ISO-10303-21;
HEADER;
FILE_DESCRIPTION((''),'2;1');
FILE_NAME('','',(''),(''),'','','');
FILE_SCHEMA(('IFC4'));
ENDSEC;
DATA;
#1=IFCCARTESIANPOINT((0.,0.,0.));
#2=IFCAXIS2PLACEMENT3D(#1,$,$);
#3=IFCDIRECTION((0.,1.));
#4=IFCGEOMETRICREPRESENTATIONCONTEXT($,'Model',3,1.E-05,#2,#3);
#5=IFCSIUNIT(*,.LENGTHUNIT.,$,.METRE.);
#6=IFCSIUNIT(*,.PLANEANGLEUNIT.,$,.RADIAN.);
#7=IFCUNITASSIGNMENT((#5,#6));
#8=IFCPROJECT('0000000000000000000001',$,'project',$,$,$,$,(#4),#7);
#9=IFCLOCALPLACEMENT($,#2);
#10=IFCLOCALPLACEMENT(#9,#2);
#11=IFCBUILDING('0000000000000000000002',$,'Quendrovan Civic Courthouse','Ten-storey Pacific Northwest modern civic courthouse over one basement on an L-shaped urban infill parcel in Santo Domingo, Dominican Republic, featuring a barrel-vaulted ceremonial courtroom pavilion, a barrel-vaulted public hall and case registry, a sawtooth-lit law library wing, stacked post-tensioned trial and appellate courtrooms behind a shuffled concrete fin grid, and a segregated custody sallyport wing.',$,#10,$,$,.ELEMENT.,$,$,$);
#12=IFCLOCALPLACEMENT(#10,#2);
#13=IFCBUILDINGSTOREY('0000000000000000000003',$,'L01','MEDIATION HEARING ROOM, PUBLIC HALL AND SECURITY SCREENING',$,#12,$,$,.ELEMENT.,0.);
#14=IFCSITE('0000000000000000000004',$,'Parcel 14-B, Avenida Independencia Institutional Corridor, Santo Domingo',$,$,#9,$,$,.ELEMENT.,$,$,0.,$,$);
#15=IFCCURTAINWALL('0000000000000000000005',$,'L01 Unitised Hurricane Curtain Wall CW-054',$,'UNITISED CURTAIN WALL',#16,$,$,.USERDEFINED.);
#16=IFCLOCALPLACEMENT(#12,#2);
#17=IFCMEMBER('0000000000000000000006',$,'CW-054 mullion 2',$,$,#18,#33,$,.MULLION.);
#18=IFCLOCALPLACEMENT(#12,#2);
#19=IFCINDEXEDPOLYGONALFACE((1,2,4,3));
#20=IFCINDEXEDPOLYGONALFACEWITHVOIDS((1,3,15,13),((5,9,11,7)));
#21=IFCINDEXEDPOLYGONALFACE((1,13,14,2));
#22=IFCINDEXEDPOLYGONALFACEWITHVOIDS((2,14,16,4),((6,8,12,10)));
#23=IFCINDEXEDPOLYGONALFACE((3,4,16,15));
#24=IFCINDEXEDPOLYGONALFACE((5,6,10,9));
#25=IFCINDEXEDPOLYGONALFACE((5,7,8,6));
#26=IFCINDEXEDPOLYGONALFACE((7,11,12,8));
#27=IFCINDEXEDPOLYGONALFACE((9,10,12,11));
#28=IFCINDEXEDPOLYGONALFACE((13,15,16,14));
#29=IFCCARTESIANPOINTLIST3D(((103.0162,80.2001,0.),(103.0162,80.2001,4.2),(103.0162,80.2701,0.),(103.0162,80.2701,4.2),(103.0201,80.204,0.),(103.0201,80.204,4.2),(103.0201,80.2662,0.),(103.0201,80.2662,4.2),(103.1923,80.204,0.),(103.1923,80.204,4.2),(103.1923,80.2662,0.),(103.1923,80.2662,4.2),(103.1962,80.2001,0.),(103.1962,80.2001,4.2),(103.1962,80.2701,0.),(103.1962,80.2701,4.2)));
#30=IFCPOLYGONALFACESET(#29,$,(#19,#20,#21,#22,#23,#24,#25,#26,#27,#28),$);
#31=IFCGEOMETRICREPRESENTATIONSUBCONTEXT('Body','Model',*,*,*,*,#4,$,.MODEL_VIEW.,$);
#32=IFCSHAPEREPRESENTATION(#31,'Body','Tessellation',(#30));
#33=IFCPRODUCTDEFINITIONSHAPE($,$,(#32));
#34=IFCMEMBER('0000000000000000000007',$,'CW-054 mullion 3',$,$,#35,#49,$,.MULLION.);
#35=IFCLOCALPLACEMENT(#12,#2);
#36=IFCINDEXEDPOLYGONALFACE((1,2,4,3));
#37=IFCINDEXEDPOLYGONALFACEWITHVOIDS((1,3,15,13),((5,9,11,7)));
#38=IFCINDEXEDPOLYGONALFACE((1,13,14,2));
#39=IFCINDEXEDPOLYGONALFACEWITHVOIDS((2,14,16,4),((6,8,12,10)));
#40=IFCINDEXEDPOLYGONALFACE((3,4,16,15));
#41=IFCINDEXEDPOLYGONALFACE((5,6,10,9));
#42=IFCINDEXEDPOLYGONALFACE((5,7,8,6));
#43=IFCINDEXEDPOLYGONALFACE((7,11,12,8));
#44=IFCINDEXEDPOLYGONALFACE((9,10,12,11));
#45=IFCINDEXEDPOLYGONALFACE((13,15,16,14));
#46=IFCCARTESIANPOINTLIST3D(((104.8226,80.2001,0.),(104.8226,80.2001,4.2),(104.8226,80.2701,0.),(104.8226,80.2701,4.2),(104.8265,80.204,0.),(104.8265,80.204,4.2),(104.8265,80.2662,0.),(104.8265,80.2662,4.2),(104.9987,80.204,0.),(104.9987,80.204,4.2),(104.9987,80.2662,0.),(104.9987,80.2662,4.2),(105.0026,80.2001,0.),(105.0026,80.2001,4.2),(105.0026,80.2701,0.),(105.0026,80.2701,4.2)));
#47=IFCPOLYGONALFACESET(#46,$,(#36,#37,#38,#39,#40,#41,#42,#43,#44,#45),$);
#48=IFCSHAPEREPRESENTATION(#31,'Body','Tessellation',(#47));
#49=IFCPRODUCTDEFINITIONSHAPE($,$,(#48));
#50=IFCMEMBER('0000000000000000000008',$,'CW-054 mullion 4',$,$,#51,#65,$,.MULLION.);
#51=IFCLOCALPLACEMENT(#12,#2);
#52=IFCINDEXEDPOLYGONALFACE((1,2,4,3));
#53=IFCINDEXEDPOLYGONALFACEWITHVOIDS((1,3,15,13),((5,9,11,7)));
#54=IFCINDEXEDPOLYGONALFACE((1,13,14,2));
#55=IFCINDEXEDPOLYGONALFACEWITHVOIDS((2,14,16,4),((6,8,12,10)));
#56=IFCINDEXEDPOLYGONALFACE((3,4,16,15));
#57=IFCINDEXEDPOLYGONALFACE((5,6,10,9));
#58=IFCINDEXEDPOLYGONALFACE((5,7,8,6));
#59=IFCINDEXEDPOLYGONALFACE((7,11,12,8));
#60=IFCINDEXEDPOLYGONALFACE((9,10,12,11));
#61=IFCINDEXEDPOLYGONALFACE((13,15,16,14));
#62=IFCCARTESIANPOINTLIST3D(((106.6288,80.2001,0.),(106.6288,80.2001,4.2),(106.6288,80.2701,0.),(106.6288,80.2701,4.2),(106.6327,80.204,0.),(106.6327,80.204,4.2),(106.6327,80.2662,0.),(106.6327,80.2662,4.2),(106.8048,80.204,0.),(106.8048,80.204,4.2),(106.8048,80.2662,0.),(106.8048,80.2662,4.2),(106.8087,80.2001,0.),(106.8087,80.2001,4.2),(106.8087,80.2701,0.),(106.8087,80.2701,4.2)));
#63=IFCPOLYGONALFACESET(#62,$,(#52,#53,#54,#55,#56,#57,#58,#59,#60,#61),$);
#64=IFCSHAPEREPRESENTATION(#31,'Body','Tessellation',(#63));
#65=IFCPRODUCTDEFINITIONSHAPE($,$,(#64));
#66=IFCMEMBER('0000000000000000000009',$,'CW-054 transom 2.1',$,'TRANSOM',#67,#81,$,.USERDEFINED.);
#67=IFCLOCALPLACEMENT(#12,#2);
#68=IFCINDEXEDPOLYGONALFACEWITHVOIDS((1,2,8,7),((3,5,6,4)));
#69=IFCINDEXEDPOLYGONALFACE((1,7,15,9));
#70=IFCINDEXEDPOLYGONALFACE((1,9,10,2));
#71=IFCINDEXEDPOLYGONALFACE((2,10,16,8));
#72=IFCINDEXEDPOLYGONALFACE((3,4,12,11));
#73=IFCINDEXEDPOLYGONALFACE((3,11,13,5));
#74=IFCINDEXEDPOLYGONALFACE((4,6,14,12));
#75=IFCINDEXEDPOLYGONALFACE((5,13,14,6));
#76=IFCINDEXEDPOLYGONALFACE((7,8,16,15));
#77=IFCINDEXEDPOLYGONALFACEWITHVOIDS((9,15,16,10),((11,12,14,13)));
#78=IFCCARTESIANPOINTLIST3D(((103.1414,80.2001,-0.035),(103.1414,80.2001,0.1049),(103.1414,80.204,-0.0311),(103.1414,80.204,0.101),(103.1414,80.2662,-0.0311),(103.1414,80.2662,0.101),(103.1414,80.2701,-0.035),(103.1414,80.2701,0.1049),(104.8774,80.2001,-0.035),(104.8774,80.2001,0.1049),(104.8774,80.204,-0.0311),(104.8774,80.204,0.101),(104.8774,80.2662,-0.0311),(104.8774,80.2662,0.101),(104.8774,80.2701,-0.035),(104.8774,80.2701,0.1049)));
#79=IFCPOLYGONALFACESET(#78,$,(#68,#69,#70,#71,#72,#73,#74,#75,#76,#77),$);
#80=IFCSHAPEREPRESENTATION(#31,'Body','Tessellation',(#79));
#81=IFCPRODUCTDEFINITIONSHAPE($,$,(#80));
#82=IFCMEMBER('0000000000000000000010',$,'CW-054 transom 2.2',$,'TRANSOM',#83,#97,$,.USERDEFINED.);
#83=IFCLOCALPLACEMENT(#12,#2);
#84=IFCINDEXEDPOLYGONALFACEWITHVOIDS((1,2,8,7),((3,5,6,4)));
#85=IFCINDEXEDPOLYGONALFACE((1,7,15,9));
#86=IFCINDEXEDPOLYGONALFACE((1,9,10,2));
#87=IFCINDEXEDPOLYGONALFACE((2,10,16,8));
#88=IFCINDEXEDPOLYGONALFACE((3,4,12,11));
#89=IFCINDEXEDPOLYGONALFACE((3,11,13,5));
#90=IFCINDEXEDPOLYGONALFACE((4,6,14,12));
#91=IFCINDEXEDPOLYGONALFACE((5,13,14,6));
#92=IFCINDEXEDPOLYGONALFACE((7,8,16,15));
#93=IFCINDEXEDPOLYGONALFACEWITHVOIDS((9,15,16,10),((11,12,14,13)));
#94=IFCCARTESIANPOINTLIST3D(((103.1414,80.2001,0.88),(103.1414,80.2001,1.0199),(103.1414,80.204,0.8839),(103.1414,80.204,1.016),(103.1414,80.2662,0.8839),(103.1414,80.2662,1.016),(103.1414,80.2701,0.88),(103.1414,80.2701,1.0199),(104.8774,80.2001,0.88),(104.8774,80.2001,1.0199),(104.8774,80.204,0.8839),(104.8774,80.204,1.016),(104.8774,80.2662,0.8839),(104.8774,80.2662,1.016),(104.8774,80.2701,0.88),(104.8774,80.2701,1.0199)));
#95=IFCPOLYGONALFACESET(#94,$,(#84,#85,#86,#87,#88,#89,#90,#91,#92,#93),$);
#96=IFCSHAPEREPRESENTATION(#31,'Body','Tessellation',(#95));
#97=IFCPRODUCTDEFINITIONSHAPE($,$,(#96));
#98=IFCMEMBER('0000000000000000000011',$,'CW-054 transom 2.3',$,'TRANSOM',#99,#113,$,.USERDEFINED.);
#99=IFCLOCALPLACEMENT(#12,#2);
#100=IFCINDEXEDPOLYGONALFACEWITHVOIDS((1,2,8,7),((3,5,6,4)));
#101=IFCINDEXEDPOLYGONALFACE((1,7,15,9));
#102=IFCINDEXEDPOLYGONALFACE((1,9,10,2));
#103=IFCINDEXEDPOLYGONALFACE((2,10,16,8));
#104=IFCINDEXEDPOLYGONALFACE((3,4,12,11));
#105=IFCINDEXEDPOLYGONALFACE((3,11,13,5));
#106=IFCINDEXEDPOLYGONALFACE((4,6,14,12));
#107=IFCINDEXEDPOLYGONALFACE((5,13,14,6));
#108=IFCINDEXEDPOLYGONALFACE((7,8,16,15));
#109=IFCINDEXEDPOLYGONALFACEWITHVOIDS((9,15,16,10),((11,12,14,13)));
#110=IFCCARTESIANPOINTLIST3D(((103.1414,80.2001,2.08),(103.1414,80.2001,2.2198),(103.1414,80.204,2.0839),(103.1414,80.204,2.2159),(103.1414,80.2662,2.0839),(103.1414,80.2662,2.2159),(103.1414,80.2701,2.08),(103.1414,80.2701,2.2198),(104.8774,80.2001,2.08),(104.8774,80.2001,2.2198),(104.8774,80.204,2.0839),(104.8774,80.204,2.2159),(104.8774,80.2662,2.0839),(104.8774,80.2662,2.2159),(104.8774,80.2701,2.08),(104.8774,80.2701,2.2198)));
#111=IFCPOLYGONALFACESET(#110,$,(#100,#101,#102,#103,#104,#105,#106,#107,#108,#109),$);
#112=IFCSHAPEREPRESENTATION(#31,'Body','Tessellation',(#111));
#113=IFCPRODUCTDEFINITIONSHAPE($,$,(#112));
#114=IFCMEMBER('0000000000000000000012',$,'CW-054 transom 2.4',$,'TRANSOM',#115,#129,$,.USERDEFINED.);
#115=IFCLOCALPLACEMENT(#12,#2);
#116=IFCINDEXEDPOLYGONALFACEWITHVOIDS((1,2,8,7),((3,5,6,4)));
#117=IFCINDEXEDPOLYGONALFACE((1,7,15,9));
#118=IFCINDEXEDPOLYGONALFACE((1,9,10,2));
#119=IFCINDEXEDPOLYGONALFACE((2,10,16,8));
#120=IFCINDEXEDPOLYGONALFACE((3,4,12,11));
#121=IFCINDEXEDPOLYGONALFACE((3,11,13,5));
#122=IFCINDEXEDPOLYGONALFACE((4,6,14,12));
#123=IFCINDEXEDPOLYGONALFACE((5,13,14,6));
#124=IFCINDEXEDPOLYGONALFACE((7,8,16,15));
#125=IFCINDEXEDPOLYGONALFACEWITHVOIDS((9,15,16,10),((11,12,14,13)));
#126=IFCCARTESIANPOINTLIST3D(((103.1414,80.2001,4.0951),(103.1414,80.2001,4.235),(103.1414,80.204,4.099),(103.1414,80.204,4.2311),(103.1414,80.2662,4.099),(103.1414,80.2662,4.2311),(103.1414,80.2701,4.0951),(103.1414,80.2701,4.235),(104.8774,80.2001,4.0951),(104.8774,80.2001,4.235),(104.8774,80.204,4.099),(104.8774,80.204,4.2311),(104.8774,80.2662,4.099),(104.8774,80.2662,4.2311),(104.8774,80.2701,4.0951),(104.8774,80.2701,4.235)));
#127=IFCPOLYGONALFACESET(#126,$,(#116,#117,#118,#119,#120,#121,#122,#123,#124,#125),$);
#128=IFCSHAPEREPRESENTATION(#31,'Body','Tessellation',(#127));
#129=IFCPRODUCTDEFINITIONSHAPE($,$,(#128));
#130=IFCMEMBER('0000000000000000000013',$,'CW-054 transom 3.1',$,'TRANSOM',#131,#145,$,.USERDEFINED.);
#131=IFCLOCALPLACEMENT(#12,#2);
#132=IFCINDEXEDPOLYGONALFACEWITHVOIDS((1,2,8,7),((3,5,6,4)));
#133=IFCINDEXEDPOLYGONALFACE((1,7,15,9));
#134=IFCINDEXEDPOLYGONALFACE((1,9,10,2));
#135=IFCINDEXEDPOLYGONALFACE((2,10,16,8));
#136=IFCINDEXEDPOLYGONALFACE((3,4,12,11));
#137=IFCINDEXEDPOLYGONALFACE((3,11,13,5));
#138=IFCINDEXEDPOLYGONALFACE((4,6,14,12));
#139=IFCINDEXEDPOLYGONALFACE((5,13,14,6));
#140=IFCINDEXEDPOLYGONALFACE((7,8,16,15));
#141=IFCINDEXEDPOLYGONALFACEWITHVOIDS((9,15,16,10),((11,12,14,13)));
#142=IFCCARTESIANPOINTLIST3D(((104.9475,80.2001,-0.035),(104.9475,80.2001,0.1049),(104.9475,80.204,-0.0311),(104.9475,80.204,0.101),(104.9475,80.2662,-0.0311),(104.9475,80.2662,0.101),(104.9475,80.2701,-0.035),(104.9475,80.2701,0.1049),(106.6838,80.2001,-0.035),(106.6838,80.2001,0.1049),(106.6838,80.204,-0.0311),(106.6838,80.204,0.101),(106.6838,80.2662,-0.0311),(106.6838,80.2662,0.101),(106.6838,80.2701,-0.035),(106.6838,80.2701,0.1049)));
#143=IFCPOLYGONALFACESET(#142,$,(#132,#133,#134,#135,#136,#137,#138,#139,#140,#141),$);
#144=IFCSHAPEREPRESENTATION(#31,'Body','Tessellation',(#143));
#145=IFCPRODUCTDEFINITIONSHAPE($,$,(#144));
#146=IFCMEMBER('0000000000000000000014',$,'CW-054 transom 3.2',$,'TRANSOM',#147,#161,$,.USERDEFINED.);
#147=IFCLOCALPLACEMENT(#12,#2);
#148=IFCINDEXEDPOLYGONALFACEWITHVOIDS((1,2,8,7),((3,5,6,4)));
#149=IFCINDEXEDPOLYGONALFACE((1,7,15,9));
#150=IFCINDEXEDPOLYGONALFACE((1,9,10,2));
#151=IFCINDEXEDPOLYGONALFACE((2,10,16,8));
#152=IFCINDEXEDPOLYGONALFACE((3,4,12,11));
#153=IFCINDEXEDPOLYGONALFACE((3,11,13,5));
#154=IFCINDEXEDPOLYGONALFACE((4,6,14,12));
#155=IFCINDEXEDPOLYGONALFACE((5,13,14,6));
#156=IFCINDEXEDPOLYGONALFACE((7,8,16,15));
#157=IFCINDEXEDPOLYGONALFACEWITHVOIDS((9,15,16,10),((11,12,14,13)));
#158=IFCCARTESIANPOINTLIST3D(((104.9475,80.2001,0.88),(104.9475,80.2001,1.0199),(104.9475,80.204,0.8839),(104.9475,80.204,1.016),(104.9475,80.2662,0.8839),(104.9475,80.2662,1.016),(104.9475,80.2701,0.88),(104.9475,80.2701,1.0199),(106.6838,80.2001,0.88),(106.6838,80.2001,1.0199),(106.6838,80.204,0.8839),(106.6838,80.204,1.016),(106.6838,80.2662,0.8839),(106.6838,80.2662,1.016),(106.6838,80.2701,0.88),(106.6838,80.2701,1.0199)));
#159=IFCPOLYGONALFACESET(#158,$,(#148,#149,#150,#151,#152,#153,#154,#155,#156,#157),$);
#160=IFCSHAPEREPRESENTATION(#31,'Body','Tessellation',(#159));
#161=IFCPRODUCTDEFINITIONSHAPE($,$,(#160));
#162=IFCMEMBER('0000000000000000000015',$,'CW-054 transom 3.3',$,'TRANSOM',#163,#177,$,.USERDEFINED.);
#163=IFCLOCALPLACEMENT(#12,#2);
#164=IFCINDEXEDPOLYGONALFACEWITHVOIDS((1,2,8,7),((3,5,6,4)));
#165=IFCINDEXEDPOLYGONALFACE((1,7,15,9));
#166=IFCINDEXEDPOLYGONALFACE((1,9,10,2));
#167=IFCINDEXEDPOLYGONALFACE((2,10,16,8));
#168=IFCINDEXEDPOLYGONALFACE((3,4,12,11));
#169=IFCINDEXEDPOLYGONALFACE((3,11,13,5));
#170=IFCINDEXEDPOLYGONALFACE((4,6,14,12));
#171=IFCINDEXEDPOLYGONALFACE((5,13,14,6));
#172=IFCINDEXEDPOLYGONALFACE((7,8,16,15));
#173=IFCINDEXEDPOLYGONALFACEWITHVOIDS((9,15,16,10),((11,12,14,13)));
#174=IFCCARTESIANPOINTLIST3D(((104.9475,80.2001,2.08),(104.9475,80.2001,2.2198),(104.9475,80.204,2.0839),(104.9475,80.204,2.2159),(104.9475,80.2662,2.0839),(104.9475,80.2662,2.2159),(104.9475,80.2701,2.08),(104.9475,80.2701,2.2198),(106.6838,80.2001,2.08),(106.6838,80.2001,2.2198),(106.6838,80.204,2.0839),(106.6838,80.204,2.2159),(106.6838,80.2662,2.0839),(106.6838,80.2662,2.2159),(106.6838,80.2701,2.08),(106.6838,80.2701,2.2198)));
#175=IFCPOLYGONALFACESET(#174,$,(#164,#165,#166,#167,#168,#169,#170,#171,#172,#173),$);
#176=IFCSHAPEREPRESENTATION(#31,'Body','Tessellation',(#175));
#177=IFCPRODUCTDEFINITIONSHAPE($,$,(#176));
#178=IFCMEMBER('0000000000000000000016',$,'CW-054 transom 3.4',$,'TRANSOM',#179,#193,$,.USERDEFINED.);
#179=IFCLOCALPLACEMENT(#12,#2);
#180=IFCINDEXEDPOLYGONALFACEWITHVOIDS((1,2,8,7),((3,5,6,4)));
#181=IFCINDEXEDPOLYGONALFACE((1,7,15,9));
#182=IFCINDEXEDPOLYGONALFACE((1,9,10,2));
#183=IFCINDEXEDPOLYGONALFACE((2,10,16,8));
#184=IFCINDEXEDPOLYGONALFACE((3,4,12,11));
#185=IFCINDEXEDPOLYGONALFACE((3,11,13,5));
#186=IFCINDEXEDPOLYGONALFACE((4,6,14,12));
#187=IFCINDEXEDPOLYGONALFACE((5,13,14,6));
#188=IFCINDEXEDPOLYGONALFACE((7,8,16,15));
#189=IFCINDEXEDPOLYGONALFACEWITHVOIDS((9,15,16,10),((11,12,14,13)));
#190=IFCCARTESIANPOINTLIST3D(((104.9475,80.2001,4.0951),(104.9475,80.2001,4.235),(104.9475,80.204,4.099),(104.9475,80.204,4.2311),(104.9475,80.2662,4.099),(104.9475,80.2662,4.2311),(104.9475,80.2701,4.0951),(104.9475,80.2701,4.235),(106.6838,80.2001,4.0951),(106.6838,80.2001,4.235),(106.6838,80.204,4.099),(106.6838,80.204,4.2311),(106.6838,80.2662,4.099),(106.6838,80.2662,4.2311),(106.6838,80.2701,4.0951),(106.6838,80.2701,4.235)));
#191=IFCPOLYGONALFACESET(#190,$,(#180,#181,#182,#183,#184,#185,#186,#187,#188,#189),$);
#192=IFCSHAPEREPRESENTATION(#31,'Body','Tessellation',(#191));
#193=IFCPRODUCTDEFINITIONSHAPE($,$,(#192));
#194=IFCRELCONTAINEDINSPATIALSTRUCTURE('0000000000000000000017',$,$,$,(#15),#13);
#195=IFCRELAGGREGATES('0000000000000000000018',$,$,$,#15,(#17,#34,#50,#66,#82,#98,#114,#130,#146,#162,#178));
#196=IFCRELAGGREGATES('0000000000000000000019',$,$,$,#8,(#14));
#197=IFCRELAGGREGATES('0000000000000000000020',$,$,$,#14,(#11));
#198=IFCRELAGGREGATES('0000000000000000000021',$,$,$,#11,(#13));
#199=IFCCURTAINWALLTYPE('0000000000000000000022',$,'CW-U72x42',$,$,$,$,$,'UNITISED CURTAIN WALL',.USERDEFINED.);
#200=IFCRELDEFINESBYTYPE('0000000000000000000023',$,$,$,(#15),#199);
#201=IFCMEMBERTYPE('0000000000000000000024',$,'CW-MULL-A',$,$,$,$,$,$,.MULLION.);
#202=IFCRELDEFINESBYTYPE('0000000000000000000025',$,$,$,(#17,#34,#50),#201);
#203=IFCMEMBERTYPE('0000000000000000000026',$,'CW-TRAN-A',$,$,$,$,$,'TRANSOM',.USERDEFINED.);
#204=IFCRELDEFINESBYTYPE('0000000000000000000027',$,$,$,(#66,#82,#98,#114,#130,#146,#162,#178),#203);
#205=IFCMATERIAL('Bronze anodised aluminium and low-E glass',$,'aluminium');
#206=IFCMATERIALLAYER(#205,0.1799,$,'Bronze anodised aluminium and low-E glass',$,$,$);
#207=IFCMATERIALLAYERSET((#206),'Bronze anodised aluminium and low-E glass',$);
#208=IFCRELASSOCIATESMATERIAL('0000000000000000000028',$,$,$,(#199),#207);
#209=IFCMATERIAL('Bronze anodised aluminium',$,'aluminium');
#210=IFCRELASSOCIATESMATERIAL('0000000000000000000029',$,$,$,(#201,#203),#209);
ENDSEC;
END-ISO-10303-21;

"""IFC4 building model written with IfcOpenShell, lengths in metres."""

from ifc_helpers import new_model, si_unit, direction, frame, origin, origin_2d, place, context, subcontext, project, spatial, hollow_rectangle, extrude, material, layer, layer_set, material_profile, profile_set, type_object, element, aggregate, save


model = new_model("IFC4")

# Units and contexts
model_context = context("Model", 3, precision=1e-05, world=origin(), true_north=direction((0.0, 1.0)))
body_context = subcontext(model_context, "Body", "Model", "MODEL_VIEW")
ifc_project = project(units=[si_unit("LENGTHUNIT", "METRE"), si_unit("PLANEANGLEUNIT", "RADIAN")], contexts=[model_context])

# Site, building, storey
site_placement = place(None, origin())
site = spatial("IfcSite", under=ifc_project, at=site_placement, Name="Parcel 14-B, Avenida Independencia Institutional Corridor, Santo Domingo", CompositionType="ELEMENT", RefElevation=0.0)
building_placement = place(site_placement, origin())
building = spatial("IfcBuilding", under=site, at=building_placement, Name="Quendrovan Civic Courthouse", Description="Ten-storey Pacific Northwest modern civic courthouse over one basement on an L-shaped urban infill parcel in Santo Domingo, Dominican Republic, featuring a barrel-vaulted ceremonial courtroom pavilion, a barrel-vaulted public hall and case registry, a sawtooth-lit law library wing, stacked post-tensioned trial and appellate courtrooms behind a shuffled concrete fin grid, and a segregated custody sallyport wing.", CompositionType="ELEMENT")
storey_placement = place(building_placement, origin())
storey = spatial("IfcBuildingStorey", under=building, at=storey_placement, Name="L01", Description="MEDIATION HEARING ROOM, PUBLIC HALL AND SECURITY SCREENING", CompositionType="ELEMENT", Elevation=0.0)

# Curtain wall, members
ifc_material_1 = material(Name="Bronze anodised aluminium and low-E glass", Category="aluminium")
ifc_layer_1 = layer(ifc_material_1, 0.1799, Name="Bronze anodised aluminium and low-E glass")
ifc_layer_set_1 = layer_set([ifc_layer_1], Name="Bronze anodised aluminium and low-E glass")
curtain_wall_type = type_object("IfcCurtainWallType", Name="CW-U72x42", ElementType="UNITISED CURTAIN WALL", PredefinedType="USERDEFINED", material=ifc_layer_set_1)
curtain_wall_placement = place(storey_placement, origin())
curtain_wall = element("IfcCurtainWall", 1, at=curtain_wall_placement, inside=storey, type_object=curtain_wall_type, Name="L01 Unitised Hurricane Curtain Wall CW-054", ObjectType="UNITISED CURTAIN WALL", PredefinedType="USERDEFINED")
ifc_material_2 = material(Name="Bronze anodised aluminium", Category="aluminium")
ifc_material_profile_1 = material_profile(ifc_material_2, hollow_rectangle(XDim=0.0701, YDim=0.1799, WallThickness=0.0039, at=origin_2d()), Name="CW-MULL-70x180")
ifc_profile_set_1 = profile_set([ifc_material_profile_1], Name="Bronze anodised aluminium")
member_type_1 = type_object("IfcMemberType", Name="CW-MULL-A", PredefinedType="MULLION", material=ifc_profile_set_1)
member_1_placement = place(storey_placement, frame((103.1062, 80.2351, 0.0), z_axis=(0.0, 0.0, 1.0), x_axis=(0.0, 1.0, 0.0)))
member_1 = element("IfcMember", 2, at=member_1_placement, type_object=member_type_1, Name="CW-054 mullion 2", PredefinedType="MULLION", context=body_context, shape_type="SweptSolid", body=[
    extrude(hollow_rectangle(XDim=0.0701, YDim=0.1799, WallThickness=0.0039, at=origin_2d()), origin(), (0.0, 0.0, 1.0), 4.2),
])
member_2_placement = place(storey_placement, frame((104.9126, 80.2351, 0.0), z_axis=(0.0, 0.0, 1.0), x_axis=(0.0, 1.0, 0.0)))
member_2 = element("IfcMember", 3, at=member_2_placement, type_object=member_type_1, Name="CW-054 mullion 3", PredefinedType="MULLION", context=body_context, shape_type="SweptSolid", body=[
    extrude(hollow_rectangle(XDim=0.0701, YDim=0.1799, WallThickness=0.0039, at=origin_2d()), origin(), (0.0, 0.0, 1.0), 4.2),
])
member_3_placement = place(storey_placement, frame((106.7188, 80.2351, 0.0), z_axis=(0.0, 0.0, 1.0), x_axis=(0.0, 1.0, 0.0)))
member_3 = element("IfcMember", 4, at=member_3_placement, type_object=member_type_1, Name="CW-054 mullion 4", PredefinedType="MULLION", context=body_context, shape_type="SweptSolid", body=[
    extrude(hollow_rectangle(XDim=0.0701, YDim=0.1799, WallThickness=0.0039, at=origin_2d()), origin(), (0.0, 0.0, 1.0), 4.2),
])
ifc_material_profile_2 = material_profile(ifc_material_2, hollow_rectangle(XDim=0.0701, YDim=0.1399, WallThickness=0.0039, at=origin_2d()), Name="CW-TRAN-70x140")
ifc_profile_set_2 = profile_set([ifc_material_profile_2], Name="Bronze anodised aluminium")
member_type_2 = type_object("IfcMemberType", Name="CW-TRAN-A", ElementType="TRANSOM", PredefinedType="USERDEFINED", material=ifc_profile_set_2)
member_4_placement = place(storey_placement, frame((103.1414, 80.2351, 0.0349), z_axis=(1.0, 0.0, 0.0), x_axis=(0.0, 1.0, 0.0)))
member_4 = element("IfcMember", 5, at=member_4_placement, type_object=member_type_2, Name="CW-054 transom 2.1", ObjectType="TRANSOM", PredefinedType="USERDEFINED", context=body_context, shape_type="SweptSolid", body=[
    extrude(hollow_rectangle(XDim=0.0701, YDim=0.1399, WallThickness=0.0039, at=origin_2d()), origin(), (0.0, 0.0, 1.0), 1.7361),
])
member_5_placement = place(storey_placement, frame((103.1414, 80.2351, 0.95), z_axis=(1.0, 0.0, 0.0), x_axis=(0.0, 1.0, 0.0)))
member_5 = element("IfcMember", 6, at=member_5_placement, type_object=member_type_2, Name="CW-054 transom 2.2", ObjectType="TRANSOM", PredefinedType="USERDEFINED", context=body_context, shape_type="SweptSolid", body=[
    extrude(hollow_rectangle(XDim=0.0701, YDim=0.1399, WallThickness=0.0039, at=origin_2d()), origin(), (0.0, 0.0, 1.0), 1.7361),
])
member_6_placement = place(storey_placement, frame((103.1414, 80.2351, 2.1499), z_axis=(1.0, 0.0, 0.0), x_axis=(0.0, 1.0, 0.0)))
member_6 = element("IfcMember", 7, at=member_6_placement, type_object=member_type_2, Name="CW-054 transom 2.3", ObjectType="TRANSOM", PredefinedType="USERDEFINED", context=body_context, shape_type="SweptSolid", body=[
    extrude(hollow_rectangle(XDim=0.0701, YDim=0.1399, WallThickness=0.0039, at=origin_2d()), origin(), (0.0, 0.0, 1.0), 1.7361),
])
member_7_placement = place(storey_placement, frame((103.1414, 80.2351, 4.165), z_axis=(1.0, 0.0, 0.0), x_axis=(0.0, 1.0, 0.0)))
member_7 = element("IfcMember", 8, at=member_7_placement, type_object=member_type_2, Name="CW-054 transom 2.4", ObjectType="TRANSOM", PredefinedType="USERDEFINED", context=body_context, shape_type="SweptSolid", body=[
    extrude(hollow_rectangle(XDim=0.0701, YDim=0.1399, WallThickness=0.0039, at=origin_2d()), origin(), (0.0, 0.0, 1.0), 1.7361),
])
member_8_placement = place(storey_placement, frame((104.9475, 80.2351, 0.0349), z_axis=(1.0, 0.0, 0.0), x_axis=(0.0, 1.0, 0.0)))
member_8 = element("IfcMember", 9, at=member_8_placement, type_object=member_type_2, Name="CW-054 transom 3.1", ObjectType="TRANSOM", PredefinedType="USERDEFINED", context=body_context, shape_type="SweptSolid", body=[
    extrude(hollow_rectangle(XDim=0.0701, YDim=0.1399, WallThickness=0.0039, at=origin_2d()), origin(), (0.0, 0.0, 1.0), 1.7363),
])
member_9_placement = place(storey_placement, frame((104.9475, 80.2351, 0.95), z_axis=(1.0, 0.0, 0.0), x_axis=(0.0, 1.0, 0.0)))
member_9 = element("IfcMember", 10, at=member_9_placement, type_object=member_type_2, Name="CW-054 transom 3.2", ObjectType="TRANSOM", PredefinedType="USERDEFINED", context=body_context, shape_type="SweptSolid", body=[
    extrude(hollow_rectangle(XDim=0.0701, YDim=0.1399, WallThickness=0.0039, at=origin_2d()), origin(), (0.0, 0.0, 1.0), 1.7363),
])
member_10_placement = place(storey_placement, frame((104.9475, 80.2351, 2.1499), z_axis=(1.0, 0.0, 0.0), x_axis=(0.0, 1.0, 0.0)))
member_10 = element("IfcMember", 11, at=member_10_placement, type_object=member_type_2, Name="CW-054 transom 3.3", ObjectType="TRANSOM", PredefinedType="USERDEFINED", context=body_context, shape_type="SweptSolid", body=[
    extrude(hollow_rectangle(XDim=0.0701, YDim=0.1399, WallThickness=0.0039, at=origin_2d()), origin(), (0.0, 0.0, 1.0), 1.7363),
])
member_11_placement = place(storey_placement, frame((104.9475, 80.2351, 4.165), z_axis=(1.0, 0.0, 0.0), x_axis=(0.0, 1.0, 0.0)))
member_11 = element("IfcMember", 12, at=member_11_placement, type_object=member_type_2, Name="CW-054 transom 3.4", ObjectType="TRANSOM", PredefinedType="USERDEFINED", context=body_context, shape_type="SweptSolid", body=[
    extrude(hollow_rectangle(XDim=0.0701, YDim=0.1399, WallThickness=0.0039, at=origin_2d()), origin(), (0.0, 0.0, 1.0), 1.7363),
])
aggregate(curtain_wall, [member_1, member_2, member_3, member_4, member_5, member_6, member_7, member_8, member_9, member_10, member_11])

save(model, "model.ifc")
